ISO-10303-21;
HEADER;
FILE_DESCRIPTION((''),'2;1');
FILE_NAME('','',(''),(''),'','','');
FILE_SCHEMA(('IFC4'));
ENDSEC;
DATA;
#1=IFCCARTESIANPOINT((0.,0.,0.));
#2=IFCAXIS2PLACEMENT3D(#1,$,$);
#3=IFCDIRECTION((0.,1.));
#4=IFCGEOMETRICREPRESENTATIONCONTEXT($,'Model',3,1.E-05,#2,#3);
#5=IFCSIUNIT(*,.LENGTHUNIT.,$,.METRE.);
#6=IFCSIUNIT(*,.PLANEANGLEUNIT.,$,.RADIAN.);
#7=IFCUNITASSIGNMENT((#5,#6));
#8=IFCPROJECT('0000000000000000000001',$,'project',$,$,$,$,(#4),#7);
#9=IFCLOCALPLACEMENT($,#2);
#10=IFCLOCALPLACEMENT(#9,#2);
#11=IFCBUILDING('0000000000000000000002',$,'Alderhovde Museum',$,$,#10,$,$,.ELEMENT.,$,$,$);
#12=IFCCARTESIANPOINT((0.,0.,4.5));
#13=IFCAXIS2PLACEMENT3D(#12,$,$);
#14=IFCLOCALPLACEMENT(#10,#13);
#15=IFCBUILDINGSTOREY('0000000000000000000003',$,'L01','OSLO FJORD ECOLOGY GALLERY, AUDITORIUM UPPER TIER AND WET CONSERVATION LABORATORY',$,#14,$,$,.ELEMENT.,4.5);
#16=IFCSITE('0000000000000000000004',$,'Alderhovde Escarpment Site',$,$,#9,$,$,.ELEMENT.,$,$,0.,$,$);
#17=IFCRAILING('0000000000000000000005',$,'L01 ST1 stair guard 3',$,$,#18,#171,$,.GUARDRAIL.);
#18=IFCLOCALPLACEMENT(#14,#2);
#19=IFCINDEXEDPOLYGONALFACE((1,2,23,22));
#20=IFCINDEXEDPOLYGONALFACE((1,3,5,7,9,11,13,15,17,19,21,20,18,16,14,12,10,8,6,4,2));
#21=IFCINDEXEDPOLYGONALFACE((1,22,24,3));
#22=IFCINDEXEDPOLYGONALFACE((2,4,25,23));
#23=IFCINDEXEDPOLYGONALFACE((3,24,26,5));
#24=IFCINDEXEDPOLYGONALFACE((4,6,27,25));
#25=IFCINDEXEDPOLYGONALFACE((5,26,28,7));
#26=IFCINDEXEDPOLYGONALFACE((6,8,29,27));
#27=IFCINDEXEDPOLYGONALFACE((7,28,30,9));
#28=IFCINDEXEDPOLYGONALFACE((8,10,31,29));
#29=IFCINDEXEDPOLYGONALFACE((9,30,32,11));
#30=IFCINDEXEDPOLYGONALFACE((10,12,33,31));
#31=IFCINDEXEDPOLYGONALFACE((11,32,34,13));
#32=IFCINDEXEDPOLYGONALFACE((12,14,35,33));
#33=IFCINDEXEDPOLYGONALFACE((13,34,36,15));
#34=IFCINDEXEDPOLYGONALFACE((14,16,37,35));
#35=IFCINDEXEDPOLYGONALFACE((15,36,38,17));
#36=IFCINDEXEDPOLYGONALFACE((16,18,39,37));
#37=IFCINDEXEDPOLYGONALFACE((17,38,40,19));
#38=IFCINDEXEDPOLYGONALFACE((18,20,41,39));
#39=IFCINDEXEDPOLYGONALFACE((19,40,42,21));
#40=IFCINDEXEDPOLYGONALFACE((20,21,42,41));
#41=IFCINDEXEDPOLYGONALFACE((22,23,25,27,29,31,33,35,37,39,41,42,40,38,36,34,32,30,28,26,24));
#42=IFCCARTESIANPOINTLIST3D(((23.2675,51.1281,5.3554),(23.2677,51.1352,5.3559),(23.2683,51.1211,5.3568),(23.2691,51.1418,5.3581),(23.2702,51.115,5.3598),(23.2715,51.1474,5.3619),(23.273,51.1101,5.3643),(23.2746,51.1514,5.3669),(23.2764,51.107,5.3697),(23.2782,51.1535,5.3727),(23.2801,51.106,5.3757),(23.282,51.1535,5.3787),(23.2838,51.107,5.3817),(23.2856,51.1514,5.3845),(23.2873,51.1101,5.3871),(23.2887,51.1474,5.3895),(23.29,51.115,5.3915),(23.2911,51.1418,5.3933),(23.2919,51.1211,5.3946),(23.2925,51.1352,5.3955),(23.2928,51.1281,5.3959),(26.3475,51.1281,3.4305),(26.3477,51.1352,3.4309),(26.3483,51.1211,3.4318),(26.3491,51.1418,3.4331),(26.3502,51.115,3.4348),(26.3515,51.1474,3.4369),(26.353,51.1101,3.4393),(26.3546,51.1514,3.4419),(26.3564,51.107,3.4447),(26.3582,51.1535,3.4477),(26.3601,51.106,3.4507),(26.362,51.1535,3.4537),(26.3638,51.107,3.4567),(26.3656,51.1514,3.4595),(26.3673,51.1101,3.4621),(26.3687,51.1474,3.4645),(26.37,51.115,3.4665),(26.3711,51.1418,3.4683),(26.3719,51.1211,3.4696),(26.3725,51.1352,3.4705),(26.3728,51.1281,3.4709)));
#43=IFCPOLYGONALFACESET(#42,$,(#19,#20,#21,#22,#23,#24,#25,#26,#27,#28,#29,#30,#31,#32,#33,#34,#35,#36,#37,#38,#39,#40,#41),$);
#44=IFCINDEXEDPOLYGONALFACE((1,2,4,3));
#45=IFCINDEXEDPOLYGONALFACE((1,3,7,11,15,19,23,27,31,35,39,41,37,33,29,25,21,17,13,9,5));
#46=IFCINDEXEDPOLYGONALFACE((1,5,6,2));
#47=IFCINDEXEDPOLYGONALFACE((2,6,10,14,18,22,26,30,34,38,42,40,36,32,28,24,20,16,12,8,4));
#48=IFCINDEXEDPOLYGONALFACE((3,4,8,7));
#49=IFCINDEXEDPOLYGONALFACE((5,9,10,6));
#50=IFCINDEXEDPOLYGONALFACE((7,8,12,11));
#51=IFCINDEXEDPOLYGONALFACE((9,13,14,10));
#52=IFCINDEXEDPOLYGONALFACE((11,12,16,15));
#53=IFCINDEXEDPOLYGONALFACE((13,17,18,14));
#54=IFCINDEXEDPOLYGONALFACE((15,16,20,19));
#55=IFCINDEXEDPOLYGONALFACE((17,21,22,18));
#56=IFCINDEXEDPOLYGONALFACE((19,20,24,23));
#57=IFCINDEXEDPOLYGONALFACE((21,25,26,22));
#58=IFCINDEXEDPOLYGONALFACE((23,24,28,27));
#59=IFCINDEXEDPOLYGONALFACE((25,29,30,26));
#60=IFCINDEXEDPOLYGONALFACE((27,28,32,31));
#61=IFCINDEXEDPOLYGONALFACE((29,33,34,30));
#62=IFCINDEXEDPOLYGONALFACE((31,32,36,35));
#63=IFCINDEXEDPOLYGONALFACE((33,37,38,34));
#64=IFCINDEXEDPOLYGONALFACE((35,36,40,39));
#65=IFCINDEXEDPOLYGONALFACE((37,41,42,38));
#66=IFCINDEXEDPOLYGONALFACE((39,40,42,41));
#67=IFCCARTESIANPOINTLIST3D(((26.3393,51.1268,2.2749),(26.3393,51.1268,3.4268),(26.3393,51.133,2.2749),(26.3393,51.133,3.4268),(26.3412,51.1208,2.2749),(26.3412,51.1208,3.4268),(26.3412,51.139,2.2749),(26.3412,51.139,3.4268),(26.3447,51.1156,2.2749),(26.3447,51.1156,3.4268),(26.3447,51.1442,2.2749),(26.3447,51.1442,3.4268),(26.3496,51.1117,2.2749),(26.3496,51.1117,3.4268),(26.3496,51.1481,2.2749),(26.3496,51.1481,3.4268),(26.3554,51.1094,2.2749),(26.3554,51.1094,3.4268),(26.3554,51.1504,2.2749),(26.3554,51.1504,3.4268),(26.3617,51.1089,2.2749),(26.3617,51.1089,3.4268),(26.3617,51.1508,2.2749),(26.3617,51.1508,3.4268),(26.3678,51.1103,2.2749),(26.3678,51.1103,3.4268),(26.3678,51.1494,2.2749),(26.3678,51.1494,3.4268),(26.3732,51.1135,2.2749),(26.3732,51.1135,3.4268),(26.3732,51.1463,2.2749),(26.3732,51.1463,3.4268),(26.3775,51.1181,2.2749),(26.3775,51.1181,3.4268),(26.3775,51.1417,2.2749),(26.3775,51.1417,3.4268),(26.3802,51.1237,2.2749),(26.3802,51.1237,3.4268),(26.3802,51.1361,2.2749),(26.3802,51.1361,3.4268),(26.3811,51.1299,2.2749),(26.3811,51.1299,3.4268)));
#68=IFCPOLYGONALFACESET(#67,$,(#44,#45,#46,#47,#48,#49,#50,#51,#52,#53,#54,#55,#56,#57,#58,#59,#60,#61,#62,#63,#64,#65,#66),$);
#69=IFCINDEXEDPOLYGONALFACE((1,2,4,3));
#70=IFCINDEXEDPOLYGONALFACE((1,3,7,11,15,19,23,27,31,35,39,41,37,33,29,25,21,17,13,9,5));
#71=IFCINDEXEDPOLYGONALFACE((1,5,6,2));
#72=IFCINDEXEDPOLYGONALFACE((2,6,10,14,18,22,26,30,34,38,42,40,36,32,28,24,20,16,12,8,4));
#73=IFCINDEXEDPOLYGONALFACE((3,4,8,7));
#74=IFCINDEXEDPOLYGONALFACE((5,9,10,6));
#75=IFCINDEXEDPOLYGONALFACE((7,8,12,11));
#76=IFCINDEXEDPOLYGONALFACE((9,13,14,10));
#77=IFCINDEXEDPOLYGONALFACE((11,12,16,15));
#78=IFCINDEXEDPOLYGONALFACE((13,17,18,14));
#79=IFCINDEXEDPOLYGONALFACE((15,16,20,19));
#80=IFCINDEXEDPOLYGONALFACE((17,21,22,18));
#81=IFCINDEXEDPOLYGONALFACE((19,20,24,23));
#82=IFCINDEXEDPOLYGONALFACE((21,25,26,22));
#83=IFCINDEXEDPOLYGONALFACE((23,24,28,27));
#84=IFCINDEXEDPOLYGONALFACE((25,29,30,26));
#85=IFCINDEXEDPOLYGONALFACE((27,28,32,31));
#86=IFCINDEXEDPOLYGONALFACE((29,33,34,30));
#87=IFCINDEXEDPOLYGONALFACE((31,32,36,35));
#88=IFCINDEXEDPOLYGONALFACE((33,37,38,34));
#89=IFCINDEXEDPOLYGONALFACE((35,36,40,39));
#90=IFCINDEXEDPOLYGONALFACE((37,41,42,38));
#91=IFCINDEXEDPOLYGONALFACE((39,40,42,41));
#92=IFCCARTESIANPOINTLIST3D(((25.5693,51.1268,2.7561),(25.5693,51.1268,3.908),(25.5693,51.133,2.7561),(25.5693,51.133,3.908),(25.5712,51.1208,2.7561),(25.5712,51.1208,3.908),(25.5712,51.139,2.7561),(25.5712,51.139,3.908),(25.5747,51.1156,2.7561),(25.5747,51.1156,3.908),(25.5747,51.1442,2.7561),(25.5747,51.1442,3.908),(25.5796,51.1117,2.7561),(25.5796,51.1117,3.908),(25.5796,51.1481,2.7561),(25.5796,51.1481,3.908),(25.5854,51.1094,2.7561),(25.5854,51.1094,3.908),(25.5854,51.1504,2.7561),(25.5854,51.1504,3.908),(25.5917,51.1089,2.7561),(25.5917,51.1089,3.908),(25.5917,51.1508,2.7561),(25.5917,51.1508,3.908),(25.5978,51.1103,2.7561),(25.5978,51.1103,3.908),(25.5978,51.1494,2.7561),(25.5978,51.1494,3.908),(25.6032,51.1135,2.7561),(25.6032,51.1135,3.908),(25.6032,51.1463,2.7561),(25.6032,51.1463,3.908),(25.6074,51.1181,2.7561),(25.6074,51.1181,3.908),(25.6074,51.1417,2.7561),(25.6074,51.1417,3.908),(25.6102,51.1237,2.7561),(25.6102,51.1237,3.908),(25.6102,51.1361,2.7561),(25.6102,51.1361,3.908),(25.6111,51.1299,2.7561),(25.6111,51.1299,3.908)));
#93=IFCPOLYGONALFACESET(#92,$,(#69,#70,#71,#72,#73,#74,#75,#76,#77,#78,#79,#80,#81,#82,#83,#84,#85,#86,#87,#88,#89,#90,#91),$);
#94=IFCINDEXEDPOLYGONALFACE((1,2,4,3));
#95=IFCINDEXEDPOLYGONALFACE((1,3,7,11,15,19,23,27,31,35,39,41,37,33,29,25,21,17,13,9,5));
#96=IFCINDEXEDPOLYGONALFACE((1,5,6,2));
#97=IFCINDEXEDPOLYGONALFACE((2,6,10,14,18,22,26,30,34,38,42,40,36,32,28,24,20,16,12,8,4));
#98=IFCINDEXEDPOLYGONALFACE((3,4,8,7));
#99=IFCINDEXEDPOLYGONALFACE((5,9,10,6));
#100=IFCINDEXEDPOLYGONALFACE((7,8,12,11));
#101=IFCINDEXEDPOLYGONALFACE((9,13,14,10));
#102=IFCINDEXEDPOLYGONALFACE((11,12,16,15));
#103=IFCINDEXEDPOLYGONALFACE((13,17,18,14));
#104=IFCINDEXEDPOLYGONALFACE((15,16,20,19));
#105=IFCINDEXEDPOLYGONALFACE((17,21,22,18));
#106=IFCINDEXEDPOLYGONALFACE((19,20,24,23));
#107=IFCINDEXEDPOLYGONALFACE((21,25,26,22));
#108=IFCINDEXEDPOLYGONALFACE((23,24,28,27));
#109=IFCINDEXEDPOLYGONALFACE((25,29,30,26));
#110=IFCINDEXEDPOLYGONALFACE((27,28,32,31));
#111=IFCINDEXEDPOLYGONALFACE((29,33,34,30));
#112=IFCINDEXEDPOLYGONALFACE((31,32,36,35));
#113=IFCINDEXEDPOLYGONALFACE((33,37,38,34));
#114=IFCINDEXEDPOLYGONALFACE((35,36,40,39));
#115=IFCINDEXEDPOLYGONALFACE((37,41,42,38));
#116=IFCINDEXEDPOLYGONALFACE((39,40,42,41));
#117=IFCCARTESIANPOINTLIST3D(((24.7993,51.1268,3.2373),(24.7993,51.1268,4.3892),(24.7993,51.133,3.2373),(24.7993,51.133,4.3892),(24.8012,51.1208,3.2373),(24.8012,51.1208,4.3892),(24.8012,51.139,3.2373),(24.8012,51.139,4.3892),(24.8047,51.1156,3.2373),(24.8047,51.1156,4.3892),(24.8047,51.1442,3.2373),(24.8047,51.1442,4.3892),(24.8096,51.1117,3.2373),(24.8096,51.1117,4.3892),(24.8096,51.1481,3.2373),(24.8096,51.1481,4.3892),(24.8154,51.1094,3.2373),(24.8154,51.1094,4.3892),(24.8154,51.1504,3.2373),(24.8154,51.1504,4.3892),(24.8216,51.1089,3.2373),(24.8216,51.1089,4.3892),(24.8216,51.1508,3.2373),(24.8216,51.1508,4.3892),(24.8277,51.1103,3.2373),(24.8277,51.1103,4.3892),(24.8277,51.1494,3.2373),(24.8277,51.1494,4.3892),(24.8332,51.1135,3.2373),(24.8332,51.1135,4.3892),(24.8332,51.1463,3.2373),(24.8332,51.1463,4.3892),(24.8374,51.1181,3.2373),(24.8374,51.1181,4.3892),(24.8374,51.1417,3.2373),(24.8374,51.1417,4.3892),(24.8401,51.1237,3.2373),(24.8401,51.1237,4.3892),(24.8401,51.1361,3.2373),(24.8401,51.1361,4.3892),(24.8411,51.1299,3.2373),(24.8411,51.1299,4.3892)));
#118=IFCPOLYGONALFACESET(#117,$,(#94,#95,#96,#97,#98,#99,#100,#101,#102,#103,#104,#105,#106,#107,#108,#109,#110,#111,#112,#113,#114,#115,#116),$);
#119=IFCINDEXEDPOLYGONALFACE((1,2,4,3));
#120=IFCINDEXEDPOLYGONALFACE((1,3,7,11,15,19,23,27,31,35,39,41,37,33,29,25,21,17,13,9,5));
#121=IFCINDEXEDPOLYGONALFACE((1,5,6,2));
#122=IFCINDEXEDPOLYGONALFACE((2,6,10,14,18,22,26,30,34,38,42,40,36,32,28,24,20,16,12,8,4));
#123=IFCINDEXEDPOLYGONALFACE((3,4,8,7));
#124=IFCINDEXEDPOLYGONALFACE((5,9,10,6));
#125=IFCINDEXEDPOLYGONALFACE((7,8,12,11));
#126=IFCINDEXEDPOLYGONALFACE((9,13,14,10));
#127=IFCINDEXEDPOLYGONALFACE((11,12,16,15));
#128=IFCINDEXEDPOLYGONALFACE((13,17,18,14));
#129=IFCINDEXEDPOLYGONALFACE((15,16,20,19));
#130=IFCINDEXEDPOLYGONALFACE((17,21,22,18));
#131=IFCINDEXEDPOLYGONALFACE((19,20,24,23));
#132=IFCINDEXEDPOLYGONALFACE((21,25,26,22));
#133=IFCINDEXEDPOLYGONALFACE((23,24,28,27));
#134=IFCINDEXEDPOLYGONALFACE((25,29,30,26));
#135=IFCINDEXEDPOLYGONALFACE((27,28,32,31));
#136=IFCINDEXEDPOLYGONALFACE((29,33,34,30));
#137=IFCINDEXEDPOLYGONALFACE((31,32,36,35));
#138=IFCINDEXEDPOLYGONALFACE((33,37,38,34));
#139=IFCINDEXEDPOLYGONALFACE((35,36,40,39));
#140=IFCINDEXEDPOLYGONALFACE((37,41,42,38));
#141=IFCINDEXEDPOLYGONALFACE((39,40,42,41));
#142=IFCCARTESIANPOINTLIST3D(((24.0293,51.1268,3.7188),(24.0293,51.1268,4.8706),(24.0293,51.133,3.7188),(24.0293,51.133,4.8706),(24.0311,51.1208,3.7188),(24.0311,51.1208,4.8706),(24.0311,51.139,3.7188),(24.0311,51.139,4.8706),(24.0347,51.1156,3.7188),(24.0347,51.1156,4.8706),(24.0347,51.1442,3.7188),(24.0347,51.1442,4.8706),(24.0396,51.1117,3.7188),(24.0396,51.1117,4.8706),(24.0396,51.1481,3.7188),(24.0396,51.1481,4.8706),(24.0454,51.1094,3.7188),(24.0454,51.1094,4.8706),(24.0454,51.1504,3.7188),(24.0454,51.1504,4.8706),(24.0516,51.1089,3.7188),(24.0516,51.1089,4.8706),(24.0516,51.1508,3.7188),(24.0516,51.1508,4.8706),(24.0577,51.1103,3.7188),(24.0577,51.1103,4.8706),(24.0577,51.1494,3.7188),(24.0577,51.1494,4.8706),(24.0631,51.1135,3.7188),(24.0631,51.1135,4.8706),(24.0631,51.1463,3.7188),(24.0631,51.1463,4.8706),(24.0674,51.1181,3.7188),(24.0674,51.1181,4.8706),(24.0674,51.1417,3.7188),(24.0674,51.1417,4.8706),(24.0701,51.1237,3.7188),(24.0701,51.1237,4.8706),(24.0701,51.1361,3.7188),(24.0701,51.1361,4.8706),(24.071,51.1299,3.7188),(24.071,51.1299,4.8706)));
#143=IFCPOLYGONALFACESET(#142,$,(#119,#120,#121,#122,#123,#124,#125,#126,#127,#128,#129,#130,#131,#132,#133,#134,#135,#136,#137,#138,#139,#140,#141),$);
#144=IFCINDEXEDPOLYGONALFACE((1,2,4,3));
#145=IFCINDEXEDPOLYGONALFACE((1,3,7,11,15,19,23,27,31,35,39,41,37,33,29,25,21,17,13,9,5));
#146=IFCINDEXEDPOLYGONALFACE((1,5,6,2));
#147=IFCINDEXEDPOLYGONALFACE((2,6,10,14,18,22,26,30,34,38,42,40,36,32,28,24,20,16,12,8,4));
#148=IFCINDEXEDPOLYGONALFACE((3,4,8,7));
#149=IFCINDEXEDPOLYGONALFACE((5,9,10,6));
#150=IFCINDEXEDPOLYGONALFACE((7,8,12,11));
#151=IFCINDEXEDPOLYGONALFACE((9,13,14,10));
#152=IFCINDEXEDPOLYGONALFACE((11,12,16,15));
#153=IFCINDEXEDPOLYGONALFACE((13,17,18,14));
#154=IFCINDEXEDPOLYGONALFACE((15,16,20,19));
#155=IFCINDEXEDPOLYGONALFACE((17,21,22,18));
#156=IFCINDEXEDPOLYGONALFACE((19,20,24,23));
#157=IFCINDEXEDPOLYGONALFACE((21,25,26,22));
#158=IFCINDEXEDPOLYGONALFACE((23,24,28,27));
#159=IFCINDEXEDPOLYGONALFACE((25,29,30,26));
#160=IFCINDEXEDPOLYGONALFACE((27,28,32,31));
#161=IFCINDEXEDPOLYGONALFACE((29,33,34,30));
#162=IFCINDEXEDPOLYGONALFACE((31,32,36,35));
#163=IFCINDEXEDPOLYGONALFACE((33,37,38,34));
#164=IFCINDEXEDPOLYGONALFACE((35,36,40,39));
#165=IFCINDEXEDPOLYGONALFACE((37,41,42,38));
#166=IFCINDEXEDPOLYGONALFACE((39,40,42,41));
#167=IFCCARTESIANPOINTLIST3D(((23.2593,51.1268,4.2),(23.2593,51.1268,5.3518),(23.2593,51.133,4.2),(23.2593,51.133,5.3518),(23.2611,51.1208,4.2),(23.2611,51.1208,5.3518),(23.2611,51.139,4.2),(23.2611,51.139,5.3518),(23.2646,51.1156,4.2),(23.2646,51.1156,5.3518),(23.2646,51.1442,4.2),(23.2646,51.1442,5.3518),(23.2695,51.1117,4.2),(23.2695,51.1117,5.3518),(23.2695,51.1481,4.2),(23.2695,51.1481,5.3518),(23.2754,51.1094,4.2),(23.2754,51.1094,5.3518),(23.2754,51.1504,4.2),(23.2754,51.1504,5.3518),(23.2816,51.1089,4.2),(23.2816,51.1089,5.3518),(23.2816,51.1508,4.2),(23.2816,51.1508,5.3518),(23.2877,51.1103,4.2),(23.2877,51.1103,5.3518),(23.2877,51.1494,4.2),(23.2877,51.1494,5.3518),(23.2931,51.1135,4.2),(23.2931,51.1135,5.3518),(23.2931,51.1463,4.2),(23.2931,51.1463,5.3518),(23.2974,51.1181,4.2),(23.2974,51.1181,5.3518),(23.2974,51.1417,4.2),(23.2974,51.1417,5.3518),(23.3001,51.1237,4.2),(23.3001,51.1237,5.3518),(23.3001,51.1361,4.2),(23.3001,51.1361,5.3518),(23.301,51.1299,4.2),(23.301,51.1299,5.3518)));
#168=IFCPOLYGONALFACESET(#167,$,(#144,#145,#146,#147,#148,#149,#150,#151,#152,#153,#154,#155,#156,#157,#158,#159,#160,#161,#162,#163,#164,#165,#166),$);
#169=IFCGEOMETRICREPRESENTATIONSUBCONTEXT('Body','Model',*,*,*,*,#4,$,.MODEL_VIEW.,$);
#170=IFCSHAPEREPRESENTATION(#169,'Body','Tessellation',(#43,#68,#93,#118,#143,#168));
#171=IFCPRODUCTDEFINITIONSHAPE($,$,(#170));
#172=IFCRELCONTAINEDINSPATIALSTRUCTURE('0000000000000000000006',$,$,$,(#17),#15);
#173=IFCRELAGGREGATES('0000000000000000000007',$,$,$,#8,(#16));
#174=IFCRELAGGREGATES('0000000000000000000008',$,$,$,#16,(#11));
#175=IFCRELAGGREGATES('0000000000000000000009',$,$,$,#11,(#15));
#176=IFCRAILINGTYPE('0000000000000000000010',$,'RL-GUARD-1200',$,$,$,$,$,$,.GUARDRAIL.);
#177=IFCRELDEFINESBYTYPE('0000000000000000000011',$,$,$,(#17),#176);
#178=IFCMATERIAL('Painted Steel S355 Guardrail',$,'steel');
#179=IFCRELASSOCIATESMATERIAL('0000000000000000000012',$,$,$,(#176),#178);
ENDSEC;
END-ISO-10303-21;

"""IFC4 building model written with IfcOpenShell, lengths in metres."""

from ifc_helpers import new_model, si_unit, direction, frame, origin, origin_2d, place, context, subcontext, project, spatial, circle, extrude, material, type_object, element, save


model = new_model("IFC4")

# Units and contexts
model_context = context("Model", 3, precision=1e-05, world=origin(), true_north=direction((0.0, 1.0)))
body_context = subcontext(model_context, "Body", "Model", "MODEL_VIEW")
ifc_project = project(units=[si_unit("LENGTHUNIT", "METRE"), si_unit("PLANEANGLEUNIT", "RADIAN")], contexts=[model_context])

# Site, building, storey
site_placement = place(None, origin())
site = spatial("IfcSite", under=ifc_project, at=site_placement, Name="Alderhovde Escarpment Site", CompositionType="ELEMENT", RefElevation=0.0)
building_placement = place(site_placement, origin())
building = spatial("IfcBuilding", under=site, at=building_placement, Name="Alderhovde Museum", CompositionType="ELEMENT")
storey_placement = place(building_placement, frame((0.0, 0.0, 4.5)))
storey = spatial("IfcBuildingStorey", under=building, at=storey_placement, Name="L01", Description="OSLO FJORD ECOLOGY GALLERY, AUDITORIUM UPPER TIER AND WET CONSERVATION LABORATORY", CompositionType="ELEMENT", Elevation=4.5)

# Railing
ifc_material_1 = material(Name="Painted Steel S355 Guardrail", Category="steel")
railing_type_1 = type_object("IfcRailingType", Name="RL-GUARD-1200", PredefinedType="GUARDRAIL", material=ifc_material_1)
railing_1_placement = place(storey_placement, frame((26.3601, 51.1299, 2.2749)))
element("IfcRailing", 1, at=railing_1_placement, inside=storey, type_object=railing_type_1, Name="L01 ST1 stair guard 3", PredefinedType="GUARDRAIL", context=body_context, shape_type="SweptSolid", body=[
    extrude(circle(Radius=0.0239, at=origin_2d()), frame((0.0, 0.0, 1.1758), z_axis=(-0.847998, 0.0, 0.529999), x_axis=(0.0, -1.0, 0.0)), (0.0, 0.0, 1.0), 3.6321),
    extrude(circle(Radius=0.021, at=origin_2d()), origin(), (0.0, 0.0, 1.0), 1.1519),
    extrude(circle(Radius=0.021, at=origin_2d()), frame((-0.77, 0.0, 0.4812)), (0.0, 0.0, 1.0), 1.1519),
    extrude(circle(Radius=0.021, at=origin_2d()), frame((-1.54, 0.0, 0.9624)), (0.0, 0.0, 1.0), 1.1519),
    extrude(circle(Radius=0.021, at=origin_2d()), frame((-2.3101, 0.0, 1.4438)), (0.0, 0.0, 1.0), 1.1519),
    extrude(circle(Radius=0.021, at=origin_2d()), frame((-3.0801, 0.0, 1.925)), (0.0, 0.0, 1.0), 1.1519),
])

save(model, "model.ifc")
